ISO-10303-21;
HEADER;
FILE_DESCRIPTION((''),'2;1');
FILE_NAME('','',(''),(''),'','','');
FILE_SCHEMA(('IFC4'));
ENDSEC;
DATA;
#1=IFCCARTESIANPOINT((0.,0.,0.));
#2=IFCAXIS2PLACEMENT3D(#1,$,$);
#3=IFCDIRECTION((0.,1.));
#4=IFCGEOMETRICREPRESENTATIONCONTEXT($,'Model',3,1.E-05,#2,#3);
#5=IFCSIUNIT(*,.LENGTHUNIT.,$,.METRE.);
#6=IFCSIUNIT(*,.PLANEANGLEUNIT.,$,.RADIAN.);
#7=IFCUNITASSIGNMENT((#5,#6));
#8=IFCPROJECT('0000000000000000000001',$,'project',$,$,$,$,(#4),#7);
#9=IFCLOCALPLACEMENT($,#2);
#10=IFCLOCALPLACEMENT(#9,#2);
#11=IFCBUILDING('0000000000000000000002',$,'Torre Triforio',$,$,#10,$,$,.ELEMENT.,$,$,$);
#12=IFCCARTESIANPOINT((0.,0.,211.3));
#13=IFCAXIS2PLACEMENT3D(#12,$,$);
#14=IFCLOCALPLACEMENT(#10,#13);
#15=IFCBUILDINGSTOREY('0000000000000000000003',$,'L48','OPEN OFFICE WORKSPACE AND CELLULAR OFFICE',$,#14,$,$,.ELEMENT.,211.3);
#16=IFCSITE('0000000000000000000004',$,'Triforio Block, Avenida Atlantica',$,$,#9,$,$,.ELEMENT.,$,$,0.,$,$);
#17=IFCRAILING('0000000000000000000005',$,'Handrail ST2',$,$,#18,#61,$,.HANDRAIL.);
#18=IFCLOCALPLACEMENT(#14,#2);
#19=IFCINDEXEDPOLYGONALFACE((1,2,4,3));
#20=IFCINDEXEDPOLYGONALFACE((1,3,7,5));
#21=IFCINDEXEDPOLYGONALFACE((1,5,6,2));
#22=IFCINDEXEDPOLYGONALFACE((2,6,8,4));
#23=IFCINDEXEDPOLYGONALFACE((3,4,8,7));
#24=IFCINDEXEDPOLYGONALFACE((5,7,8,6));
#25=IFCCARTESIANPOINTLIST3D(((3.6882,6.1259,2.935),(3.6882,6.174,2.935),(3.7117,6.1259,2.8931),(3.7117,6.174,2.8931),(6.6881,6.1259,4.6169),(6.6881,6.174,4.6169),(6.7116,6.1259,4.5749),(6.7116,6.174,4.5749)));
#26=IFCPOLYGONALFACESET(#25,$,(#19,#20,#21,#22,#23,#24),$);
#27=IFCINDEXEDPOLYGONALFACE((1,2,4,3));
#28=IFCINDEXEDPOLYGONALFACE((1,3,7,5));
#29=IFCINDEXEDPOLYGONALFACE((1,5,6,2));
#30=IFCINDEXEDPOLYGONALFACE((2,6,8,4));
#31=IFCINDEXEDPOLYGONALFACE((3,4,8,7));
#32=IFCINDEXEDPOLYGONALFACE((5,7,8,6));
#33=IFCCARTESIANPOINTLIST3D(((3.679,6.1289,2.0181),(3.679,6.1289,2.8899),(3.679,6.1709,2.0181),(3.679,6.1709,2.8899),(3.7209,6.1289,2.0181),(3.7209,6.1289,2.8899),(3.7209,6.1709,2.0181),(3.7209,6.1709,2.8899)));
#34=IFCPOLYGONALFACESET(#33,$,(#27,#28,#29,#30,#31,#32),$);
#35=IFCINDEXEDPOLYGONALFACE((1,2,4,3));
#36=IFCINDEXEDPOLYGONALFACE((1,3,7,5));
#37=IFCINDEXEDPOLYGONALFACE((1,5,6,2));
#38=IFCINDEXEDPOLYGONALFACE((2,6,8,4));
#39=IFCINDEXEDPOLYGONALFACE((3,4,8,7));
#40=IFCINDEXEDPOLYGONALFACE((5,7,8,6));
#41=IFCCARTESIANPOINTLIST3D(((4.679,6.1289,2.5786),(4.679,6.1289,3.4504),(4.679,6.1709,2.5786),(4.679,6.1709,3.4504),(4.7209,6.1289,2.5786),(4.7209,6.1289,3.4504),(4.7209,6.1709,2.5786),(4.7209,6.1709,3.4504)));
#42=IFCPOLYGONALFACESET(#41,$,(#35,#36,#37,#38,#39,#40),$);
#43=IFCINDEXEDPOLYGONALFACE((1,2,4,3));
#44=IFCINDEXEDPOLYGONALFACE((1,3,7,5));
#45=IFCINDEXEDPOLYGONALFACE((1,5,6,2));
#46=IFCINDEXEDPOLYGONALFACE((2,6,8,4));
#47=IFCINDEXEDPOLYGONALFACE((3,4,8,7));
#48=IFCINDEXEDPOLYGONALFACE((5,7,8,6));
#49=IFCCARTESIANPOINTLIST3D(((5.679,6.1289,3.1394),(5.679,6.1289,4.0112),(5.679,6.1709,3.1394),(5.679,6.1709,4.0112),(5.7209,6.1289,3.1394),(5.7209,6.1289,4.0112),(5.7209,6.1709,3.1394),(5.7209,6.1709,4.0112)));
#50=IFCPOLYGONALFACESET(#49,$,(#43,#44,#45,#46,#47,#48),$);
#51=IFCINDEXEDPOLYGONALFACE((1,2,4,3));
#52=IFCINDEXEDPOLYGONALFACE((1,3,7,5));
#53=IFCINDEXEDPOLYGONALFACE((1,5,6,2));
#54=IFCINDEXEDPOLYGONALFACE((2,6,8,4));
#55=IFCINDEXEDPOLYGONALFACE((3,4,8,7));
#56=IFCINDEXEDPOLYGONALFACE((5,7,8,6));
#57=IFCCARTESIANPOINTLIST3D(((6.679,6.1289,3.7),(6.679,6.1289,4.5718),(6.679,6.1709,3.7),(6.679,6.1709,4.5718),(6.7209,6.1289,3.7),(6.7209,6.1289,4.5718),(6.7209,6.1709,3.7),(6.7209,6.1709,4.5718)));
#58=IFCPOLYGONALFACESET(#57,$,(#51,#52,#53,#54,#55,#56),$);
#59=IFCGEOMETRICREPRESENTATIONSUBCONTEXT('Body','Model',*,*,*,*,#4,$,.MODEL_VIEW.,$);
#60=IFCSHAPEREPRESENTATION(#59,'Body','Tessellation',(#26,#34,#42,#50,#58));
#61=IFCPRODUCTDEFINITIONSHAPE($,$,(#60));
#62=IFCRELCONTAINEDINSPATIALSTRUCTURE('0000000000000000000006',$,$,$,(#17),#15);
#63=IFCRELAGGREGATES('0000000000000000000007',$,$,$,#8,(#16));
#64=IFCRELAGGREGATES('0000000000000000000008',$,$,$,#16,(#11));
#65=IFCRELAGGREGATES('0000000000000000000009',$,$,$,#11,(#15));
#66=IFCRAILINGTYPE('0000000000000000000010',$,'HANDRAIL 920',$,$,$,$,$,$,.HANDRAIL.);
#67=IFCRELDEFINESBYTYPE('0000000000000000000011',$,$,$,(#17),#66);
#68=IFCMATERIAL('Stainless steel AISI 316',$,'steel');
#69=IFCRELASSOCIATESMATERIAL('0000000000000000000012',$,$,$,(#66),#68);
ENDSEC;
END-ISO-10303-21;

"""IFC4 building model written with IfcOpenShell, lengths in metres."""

from ifc_helpers import new_model, si_unit, direction, frame, origin, origin_2d, place, context, subcontext, project, spatial, rectangle, extrude, material, type_object, element, save


model = new_model("IFC4")

# Units and contexts
model_context = context("Model", 3, precision=1e-05, world=origin(), true_north=direction((0.0, 1.0)))
body_context = subcontext(model_context, "Body", "Model", "MODEL_VIEW")
ifc_project = project(units=[si_unit("LENGTHUNIT", "METRE"), si_unit("PLANEANGLEUNIT", "RADIAN")], contexts=[model_context])

# Site, building, storey
site_placement = place(None, origin())
site = spatial("IfcSite", under=ifc_project, at=site_placement, Name="Triforio Block, Avenida Atlantica", CompositionType="ELEMENT", RefElevation=0.0)
building_placement = place(site_placement, origin())
building = spatial("IfcBuilding", under=site, at=building_placement, Name="Torre Triforio", CompositionType="ELEMENT")
storey_placement = place(building_placement, frame((0.0, 0.0, 211.3)))
storey = spatial("IfcBuildingStorey", under=building, at=storey_placement, Name="L48", Description="OPEN OFFICE WORKSPACE AND CELLULAR OFFICE", CompositionType="ELEMENT", Elevation=211.3)

# Railing
ifc_material_1 = material(Name="Stainless steel AISI 316", Category="steel")
railing_type = type_object("IfcRailingType", Name="HANDRAIL 920", PredefinedType="HANDRAIL", material=ifc_material_1)
for number, where, name in (
    (1, (3.7, 6.1499, 2.0181), "Handrail ST2"),
):
    element("IfcRailing", number, at=place(storey_placement, frame(where)), inside=storey, type_object=railing_type, Name=name, PredefinedType="HANDRAIL", context=body_context, shape_type="SweptSolid", body=[
        extrude(rectangle(XDim=0.0481, YDim=0.0481, at=origin_2d()), frame((0.0, 0.0, 0.896), z_axis=(0.872272, 0.0, 0.48902), x_axis=(0.0, 1.0, 0.0)), (0.0, 0.0, 1.0), 3.4392),
        extrude(rectangle(XDim=0.042, YDim=0.042, at=origin_2d()), origin(), (0.0, 0.0, 1.0), 0.8718),
        extrude(rectangle(XDim=0.042, YDim=0.042, at=origin_2d()), frame((1.0, 0.0, 0.5605)), (0.0, 0.0, 1.0), 0.8718),
        extrude(rectangle(XDim=0.042, YDim=0.042, at=origin_2d()), frame((2.0, 0.0, 1.1213)), (0.0, 0.0, 1.0), 0.8718),
        extrude(rectangle(XDim=0.042, YDim=0.042, at=origin_2d()), frame((3.0, 0.0, 1.6819)), (0.0, 0.0, 1.0), 0.8718),
    ])

save(model, "model.ifc")
